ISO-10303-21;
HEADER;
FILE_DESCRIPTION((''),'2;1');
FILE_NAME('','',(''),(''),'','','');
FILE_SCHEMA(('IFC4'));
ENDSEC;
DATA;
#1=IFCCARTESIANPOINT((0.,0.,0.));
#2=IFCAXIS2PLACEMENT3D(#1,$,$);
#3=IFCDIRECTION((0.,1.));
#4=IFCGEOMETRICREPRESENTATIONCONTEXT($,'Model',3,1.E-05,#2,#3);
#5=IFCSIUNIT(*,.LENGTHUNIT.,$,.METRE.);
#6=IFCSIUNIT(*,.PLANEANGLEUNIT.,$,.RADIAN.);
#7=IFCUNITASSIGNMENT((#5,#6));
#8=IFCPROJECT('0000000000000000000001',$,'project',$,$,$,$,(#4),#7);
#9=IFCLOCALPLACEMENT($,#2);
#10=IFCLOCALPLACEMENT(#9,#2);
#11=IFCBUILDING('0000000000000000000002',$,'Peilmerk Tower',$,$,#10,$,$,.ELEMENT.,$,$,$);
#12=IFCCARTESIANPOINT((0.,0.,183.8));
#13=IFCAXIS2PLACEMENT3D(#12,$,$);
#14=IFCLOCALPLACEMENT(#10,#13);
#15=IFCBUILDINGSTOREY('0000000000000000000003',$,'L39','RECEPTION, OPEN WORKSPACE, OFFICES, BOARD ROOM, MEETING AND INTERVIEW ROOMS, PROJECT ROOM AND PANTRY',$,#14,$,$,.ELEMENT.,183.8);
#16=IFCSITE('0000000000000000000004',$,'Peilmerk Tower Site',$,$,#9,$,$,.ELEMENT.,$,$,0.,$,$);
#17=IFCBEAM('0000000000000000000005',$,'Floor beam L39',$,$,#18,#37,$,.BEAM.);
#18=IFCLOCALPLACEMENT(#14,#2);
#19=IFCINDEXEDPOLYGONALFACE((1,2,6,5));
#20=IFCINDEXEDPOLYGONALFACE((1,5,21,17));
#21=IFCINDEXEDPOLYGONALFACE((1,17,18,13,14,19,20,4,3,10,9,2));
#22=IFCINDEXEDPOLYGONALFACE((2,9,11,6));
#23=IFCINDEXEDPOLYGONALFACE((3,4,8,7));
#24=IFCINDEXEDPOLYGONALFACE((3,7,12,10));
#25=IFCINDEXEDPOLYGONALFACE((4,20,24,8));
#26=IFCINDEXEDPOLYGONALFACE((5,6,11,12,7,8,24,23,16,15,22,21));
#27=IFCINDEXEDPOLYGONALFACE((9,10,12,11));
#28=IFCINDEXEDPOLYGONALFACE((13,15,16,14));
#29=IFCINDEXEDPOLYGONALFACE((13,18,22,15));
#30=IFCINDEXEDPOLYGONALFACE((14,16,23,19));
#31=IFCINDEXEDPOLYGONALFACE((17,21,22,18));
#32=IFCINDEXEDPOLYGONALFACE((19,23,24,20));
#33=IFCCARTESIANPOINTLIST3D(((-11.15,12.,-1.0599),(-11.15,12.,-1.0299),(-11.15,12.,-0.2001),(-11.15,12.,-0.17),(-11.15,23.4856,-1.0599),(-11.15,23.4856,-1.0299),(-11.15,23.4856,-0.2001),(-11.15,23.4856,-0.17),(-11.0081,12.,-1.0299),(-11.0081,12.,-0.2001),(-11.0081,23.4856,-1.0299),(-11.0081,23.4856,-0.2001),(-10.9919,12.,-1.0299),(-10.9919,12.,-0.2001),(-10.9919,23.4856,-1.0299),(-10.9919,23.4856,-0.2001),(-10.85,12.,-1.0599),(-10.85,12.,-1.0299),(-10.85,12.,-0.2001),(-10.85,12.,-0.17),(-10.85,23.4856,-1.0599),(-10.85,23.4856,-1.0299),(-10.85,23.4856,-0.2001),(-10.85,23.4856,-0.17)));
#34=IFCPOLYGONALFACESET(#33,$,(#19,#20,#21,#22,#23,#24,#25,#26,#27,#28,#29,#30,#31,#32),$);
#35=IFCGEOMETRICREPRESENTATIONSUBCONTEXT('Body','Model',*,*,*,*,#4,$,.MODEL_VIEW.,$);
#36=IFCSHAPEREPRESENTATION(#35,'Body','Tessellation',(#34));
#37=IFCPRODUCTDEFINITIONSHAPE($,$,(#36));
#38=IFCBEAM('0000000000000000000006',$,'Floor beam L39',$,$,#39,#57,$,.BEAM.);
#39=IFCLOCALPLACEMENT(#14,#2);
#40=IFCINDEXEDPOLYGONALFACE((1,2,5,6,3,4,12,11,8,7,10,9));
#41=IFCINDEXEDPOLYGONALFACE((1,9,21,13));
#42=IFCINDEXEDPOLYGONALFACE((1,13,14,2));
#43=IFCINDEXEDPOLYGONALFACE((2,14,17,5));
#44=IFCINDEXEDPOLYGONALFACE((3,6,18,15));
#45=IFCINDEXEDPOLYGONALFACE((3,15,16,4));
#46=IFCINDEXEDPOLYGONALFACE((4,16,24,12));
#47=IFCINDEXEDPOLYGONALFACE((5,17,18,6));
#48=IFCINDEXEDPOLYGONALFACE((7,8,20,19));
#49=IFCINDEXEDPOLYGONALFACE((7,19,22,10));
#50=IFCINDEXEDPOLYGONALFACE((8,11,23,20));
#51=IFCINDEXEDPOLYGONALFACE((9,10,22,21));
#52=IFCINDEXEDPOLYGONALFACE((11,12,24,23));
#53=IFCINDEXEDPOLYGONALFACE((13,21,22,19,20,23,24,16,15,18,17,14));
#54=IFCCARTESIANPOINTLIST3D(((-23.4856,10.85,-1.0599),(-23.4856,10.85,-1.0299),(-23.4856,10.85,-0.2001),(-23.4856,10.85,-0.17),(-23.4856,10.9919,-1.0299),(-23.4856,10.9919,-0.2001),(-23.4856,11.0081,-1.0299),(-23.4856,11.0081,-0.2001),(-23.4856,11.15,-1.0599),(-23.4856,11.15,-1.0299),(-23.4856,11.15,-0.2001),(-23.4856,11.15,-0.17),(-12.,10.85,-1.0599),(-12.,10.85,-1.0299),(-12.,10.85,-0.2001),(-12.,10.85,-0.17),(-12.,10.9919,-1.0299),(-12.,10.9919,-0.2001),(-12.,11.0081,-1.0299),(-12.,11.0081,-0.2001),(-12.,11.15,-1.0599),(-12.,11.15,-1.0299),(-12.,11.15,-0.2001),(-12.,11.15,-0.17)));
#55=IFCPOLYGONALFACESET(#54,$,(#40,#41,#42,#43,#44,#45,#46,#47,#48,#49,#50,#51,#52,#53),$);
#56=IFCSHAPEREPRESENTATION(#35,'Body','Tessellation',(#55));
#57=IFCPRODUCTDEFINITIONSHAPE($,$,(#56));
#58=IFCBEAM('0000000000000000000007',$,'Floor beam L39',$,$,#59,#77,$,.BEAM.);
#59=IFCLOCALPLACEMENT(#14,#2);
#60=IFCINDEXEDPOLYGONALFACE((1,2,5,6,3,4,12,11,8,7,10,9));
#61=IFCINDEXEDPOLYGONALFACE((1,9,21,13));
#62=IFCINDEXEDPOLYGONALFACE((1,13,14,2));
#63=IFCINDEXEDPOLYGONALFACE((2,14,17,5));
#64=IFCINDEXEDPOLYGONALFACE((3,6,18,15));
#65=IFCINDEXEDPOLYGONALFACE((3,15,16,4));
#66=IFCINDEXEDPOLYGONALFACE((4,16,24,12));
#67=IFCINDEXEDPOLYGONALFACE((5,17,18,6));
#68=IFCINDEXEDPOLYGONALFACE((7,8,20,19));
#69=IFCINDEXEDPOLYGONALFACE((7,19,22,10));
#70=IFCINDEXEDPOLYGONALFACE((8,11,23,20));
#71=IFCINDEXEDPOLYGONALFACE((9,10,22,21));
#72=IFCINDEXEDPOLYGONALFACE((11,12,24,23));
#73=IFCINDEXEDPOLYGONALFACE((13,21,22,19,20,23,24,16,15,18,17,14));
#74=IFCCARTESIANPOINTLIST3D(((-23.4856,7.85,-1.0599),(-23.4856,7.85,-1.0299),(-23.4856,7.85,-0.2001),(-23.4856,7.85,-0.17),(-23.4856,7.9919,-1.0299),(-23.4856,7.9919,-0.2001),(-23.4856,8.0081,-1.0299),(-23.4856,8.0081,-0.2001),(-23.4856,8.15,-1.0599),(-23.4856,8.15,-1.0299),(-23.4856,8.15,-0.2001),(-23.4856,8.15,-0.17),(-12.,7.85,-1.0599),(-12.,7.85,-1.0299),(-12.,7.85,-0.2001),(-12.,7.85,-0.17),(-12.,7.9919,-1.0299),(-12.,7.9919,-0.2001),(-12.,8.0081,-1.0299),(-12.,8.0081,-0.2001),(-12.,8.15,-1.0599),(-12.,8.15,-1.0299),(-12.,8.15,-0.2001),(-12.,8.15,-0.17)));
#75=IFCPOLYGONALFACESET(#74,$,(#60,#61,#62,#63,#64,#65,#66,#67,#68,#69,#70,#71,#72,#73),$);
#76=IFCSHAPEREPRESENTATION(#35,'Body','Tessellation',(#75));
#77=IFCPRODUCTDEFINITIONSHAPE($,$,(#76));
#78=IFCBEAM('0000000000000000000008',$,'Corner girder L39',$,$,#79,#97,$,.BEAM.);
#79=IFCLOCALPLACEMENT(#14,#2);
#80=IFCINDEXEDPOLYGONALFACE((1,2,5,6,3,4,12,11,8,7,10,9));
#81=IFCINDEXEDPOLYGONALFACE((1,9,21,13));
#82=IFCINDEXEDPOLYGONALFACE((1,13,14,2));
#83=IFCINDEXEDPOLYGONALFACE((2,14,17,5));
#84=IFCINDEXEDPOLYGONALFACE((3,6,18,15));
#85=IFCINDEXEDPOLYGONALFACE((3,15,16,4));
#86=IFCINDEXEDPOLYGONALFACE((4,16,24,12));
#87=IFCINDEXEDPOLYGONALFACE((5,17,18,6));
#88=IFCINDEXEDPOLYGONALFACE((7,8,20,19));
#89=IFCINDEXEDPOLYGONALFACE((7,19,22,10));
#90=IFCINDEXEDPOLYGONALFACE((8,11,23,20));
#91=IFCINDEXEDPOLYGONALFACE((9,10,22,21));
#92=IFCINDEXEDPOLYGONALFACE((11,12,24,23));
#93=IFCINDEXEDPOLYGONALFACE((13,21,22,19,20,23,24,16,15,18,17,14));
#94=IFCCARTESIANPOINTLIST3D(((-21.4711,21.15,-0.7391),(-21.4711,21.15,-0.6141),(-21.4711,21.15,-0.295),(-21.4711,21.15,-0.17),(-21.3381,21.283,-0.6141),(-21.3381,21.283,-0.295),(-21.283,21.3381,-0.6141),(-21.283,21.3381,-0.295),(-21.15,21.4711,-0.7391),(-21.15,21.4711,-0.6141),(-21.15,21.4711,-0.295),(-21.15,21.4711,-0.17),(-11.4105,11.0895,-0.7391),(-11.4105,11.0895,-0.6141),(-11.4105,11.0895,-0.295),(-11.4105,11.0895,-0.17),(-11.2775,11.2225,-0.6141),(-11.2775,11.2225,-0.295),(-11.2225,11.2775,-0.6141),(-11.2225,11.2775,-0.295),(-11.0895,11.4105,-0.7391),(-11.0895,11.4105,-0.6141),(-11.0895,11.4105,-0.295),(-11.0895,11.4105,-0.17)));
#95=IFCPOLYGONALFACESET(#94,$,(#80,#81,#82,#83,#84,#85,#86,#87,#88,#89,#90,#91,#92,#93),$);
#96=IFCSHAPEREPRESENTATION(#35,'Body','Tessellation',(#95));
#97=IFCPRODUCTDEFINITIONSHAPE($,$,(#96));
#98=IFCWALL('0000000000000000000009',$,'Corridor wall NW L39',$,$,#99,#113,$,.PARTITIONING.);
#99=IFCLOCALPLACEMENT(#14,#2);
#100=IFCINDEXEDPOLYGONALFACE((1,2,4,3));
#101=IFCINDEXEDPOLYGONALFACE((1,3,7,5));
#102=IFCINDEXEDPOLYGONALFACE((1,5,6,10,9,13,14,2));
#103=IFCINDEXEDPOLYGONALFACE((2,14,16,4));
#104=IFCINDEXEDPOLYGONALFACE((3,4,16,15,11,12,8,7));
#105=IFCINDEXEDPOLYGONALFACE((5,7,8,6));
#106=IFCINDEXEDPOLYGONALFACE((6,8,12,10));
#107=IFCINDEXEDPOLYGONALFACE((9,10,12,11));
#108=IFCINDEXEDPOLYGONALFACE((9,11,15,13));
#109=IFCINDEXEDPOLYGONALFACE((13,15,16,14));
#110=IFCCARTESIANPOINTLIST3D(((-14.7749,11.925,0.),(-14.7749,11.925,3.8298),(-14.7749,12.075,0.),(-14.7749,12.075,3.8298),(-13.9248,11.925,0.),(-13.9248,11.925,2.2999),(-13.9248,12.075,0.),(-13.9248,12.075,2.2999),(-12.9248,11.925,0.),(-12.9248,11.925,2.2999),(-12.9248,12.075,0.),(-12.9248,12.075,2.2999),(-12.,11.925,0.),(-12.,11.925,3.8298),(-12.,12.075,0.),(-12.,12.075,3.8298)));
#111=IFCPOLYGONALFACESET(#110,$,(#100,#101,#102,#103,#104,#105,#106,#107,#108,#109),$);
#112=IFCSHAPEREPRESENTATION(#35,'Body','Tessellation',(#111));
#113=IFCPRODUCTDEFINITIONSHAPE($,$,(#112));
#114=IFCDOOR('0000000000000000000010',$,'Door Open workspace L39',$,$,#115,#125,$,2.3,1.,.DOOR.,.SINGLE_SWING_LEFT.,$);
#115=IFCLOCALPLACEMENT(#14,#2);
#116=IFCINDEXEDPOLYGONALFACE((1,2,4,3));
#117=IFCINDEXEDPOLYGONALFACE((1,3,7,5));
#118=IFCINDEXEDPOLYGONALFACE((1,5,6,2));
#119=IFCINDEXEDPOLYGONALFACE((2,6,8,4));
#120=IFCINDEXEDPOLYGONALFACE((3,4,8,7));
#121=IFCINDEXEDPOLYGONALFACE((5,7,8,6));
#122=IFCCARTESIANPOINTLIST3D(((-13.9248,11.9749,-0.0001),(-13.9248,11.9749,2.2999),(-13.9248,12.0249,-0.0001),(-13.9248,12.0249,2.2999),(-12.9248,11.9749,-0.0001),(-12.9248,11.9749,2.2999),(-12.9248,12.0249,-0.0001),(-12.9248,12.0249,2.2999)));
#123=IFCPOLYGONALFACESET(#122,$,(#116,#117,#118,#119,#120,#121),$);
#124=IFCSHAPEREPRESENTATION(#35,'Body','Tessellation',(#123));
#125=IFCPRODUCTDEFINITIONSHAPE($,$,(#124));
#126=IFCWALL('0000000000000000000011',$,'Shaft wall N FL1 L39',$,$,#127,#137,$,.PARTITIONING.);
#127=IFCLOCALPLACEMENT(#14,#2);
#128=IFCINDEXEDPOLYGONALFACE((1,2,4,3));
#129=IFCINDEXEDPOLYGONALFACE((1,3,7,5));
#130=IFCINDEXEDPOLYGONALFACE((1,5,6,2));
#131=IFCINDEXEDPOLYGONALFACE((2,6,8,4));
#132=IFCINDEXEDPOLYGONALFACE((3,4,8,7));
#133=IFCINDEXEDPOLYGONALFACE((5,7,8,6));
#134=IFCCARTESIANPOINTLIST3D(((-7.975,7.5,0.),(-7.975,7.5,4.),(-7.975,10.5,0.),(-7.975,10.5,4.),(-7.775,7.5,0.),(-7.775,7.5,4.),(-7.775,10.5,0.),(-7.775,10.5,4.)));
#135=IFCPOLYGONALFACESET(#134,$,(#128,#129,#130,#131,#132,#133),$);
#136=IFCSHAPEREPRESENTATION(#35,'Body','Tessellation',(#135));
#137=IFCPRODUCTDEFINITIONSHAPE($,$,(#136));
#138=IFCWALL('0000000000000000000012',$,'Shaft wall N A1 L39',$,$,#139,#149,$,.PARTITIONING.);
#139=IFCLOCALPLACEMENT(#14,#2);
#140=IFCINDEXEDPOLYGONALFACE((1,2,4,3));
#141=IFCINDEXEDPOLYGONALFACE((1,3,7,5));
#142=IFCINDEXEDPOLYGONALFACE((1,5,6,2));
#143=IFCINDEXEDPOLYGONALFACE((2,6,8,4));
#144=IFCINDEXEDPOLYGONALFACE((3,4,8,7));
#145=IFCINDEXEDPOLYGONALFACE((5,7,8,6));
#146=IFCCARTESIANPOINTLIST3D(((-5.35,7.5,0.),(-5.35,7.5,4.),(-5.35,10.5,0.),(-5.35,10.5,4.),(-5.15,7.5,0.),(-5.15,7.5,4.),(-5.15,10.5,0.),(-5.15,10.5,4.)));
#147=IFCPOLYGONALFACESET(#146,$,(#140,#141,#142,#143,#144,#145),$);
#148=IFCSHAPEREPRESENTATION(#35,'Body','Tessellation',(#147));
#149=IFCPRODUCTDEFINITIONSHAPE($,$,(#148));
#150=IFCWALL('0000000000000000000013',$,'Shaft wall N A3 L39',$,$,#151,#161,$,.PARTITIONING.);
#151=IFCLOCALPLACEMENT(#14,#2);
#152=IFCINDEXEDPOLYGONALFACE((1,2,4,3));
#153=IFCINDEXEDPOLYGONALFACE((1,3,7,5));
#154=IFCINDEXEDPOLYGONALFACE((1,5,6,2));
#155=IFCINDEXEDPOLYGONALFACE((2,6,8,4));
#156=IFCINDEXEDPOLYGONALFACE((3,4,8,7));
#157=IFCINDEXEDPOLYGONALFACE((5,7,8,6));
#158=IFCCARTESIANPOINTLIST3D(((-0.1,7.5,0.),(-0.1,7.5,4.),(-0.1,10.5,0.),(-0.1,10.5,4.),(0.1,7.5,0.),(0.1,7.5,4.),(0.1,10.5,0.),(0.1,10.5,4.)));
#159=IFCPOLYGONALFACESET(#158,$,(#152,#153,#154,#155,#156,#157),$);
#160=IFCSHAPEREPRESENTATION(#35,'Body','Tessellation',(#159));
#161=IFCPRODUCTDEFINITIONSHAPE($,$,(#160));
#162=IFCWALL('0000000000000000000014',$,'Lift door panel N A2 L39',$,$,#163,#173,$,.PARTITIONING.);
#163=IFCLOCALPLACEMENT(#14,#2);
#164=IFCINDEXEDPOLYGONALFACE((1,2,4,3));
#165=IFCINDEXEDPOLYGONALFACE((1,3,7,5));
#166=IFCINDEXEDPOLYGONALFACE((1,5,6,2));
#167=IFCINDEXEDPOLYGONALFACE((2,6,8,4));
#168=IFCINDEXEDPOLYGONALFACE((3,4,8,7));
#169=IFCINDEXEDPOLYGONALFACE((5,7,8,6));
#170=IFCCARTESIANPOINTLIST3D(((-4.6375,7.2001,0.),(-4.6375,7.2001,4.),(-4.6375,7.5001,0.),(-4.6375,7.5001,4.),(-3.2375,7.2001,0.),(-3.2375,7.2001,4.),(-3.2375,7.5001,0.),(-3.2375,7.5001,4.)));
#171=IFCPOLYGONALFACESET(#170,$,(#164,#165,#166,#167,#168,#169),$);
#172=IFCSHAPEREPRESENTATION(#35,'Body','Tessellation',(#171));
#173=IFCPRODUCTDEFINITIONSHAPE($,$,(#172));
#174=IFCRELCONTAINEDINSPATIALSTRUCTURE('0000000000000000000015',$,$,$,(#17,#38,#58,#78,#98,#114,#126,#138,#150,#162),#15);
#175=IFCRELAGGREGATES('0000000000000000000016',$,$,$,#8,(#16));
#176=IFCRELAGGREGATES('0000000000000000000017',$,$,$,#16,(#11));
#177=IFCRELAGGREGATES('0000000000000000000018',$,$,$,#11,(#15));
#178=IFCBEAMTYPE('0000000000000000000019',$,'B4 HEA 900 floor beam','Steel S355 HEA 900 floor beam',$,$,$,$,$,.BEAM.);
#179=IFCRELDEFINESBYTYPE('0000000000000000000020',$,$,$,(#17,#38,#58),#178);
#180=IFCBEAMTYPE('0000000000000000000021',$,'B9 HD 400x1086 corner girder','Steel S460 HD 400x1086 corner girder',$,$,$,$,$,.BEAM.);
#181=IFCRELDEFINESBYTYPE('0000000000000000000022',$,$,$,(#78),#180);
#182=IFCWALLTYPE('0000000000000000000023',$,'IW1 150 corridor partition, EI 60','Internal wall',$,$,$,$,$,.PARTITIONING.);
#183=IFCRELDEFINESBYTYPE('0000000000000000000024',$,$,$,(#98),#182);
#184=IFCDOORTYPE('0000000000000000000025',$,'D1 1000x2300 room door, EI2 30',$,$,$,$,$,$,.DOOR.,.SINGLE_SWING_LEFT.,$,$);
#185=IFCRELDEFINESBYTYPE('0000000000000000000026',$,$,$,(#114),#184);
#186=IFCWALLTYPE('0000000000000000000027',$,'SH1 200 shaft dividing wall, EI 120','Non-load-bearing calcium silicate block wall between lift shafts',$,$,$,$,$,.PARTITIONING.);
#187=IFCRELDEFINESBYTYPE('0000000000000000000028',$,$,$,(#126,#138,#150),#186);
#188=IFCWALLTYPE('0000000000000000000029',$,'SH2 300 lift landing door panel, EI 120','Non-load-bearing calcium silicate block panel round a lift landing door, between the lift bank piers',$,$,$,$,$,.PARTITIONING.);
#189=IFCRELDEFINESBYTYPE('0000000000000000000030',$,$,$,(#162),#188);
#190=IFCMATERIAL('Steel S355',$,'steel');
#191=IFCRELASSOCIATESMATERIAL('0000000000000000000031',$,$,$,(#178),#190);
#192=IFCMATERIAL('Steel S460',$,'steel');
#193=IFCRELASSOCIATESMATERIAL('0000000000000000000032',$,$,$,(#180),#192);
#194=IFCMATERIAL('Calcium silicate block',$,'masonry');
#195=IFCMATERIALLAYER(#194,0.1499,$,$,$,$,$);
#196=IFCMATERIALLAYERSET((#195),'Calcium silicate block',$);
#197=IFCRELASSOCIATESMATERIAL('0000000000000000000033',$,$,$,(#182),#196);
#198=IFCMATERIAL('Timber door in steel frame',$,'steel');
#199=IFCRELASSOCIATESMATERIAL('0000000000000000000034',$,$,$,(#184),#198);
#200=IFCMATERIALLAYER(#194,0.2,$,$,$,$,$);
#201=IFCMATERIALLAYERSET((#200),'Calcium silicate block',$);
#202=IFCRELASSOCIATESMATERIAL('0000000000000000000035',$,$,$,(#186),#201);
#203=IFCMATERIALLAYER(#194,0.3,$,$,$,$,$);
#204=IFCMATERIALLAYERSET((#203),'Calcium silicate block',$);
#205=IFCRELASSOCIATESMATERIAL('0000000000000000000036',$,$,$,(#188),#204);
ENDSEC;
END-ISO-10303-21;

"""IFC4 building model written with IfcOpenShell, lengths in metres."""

from ifc_helpers import new_model, si_unit, direction, frame, frame_2d, origin, origin_2d, place, context, subcontext, project, spatial, rectangle, i_section, extrude, material, layer, layer_set, material_profile, profile_set, type_object, element, fill, save


model = new_model("IFC4")

# Units and contexts
model_context = context("Model", 3, precision=1e-05, world=origin(), true_north=direction((0.0, 1.0)))
body_context = subcontext(model_context, "Body", "Model", "MODEL_VIEW")
ifc_project = project(units=[si_unit("LENGTHUNIT", "METRE"), si_unit("PLANEANGLEUNIT", "RADIAN")], contexts=[model_context])

# Site, building, storey
site_placement = place(None, origin())
site = spatial("IfcSite", under=ifc_project, at=site_placement, Name="Peilmerk Tower Site", CompositionType="ELEMENT", RefElevation=0.0)
building_placement = place(site_placement, origin())
building = spatial("IfcBuilding", under=site, at=building_placement, Name="Peilmerk Tower", CompositionType="ELEMENT")
storey_placement = place(building_placement, frame((0.0, 0.0, 183.8)))
storey = spatial("IfcBuildingStorey", under=building, at=storey_placement, Name="L39", Description="RECEPTION, OPEN WORKSPACE, OFFICES, BOARD ROOM, MEETING AND INTERVIEW ROOMS, PROJECT ROOM AND PANTRY", CompositionType="ELEMENT", Elevation=183.8)

# Shared definitions
ifc_material_1 = material(Name="Steel S460", Category="steel")

# Beams
ifc_material_2 = material(Name="Steel S355", Category="steel")
ifc_material_profile_1 = material_profile(ifc_material_2, i_section(OverallWidth=0.3, OverallDepth=0.8899, WebThickness=0.0161, FlangeThickness=0.03, at=origin_2d()), Name="HEA 900")
ifc_profile_set_1 = profile_set([ifc_material_profile_1], Name="Steel S355")
beam_type_1 = type_object("IfcBeamType", Name="B4 HEA 900 floor beam", Description="Steel S355 HEA 900 floor beam", PredefinedType="BEAM", material=ifc_profile_set_1)
for number, where, z_axis, x_axis, name in (
    (1, (-11.0, 12.0, -0.615), (0.0, 1.0, 0.0), (-1.0, 0.0, 0.0), "Floor beam L39"),
    (2, (-12.0, 11.0, -0.615), (-1.0, 0.0, 0.0), (0.0, -1.0, 0.0), "Floor beam L39"),
    (3, (-12.0, 8.0, -0.615), (-1.0, 0.0, 0.0), (0.0, -1.0, 0.0), "Floor beam L39"),
):
    element("IfcBeam", number, at=place(storey_placement, frame(where, z_axis=z_axis, x_axis=x_axis)), inside=storey, type_object=beam_type_1, Name=name, PredefinedType="BEAM", context=body_context, shape_type="SweptSolid", body=[
        extrude(i_section(OverallWidth=0.3, OverallDepth=0.8899, WebThickness=0.0161, FlangeThickness=0.03, at=origin_2d()), origin(), (0.0, 0.0, 1.0), 11.4856),
    ])
ifc_material_profile_2 = material_profile(ifc_material_1, i_section(OverallWidth=0.4541, OverallDepth=0.5691, WebThickness=0.0779, FlangeThickness=0.125, at=origin_2d()), Name="HD 400x1086")
ifc_profile_set_2 = profile_set([ifc_material_profile_2], Name="Steel S460")
beam_type_2 = type_object("IfcBeamType", Name="B9 HD 400x1086 corner girder", Description="Steel S460 HD 400x1086 corner girder", PredefinedType="BEAM", material=ifc_profile_set_2)
beam_placement = place(storey_placement, frame((-11.25, 11.25, -0.4546), z_axis=(-0.707107, 0.707107, 0.0), x_axis=(-0.707107, -0.707107, 0.0)))
element("IfcBeam", 4, at=beam_placement, inside=storey, type_object=beam_type_2, Name="Corner girder L39", PredefinedType="BEAM", context=body_context, shape_type="SweptSolid", body=[
    extrude(i_section(OverallWidth=0.4541, OverallDepth=0.5691, WebThickness=0.0779, FlangeThickness=0.125, at=origin_2d()), origin(), (0.0, 0.0, 1.0), 14.2278),
])

# Wall, opening, door
ifc_material_3 = material(Name="Calcium silicate block", Category="masonry")
ifc_layer_1 = layer(ifc_material_3, 0.1499)
ifc_layer_set_1 = layer_set([ifc_layer_1], Name="Calcium silicate block")
wall_type_1 = type_object("IfcWallType", Name="IW1 150 corridor partition, EI 60", Description="Internal wall", PredefinedType="PARTITIONING", material=ifc_layer_set_1)
wall_1_placement = place(storey_placement, frame((-14.7749, 12.0, 0.0), z_axis=(0.0, 0.0, 1.0), x_axis=(1.0, 0.0, 0.0)))
wall_1 = element("IfcWall", 5, at=wall_1_placement, inside=storey, type_object=wall_type_1, Name="Corridor wall NW L39", PredefinedType="PARTITIONING", context=body_context, shape_type="SweptSolid", body=[
    extrude(rectangle(XDim=2.7749, YDim=0.1499, at=frame_2d((1.3875, 0.0))), origin(), (0.0, 0.0, 1.0), 3.8298),
])
opening_1_placement = place(wall_1_placement, frame((0.8501, 0.0, 0.0)))
opening_1 = element("IfcOpeningElement", 6, at=opening_1_placement, cuts=wall_1, PredefinedType="OPENING", context=body_context, shape_type="SweptSolid", body=[
    extrude(rectangle(XDim=1.0, YDim=2.3, at=frame_2d((0.5, 1.1499))), frame((0.0, 0.085, 0.0), z_axis=(0.0, -1.0, 0.0), x_axis=(1.0, 0.0, 0.0)), (0.0, 0.0, 1.0), 0.1699),
])
ifc_material_4 = material(Name="Timber door in steel frame", Category="steel")
door_type_1 = type_object("IfcDoorType", Name="D1 1000x2300 room door, EI2 30", OperationType="SINGLE_SWING_LEFT", PredefinedType="DOOR", material=ifc_material_4)
door_1_placement = place(opening_1_placement, origin())
door_1 = element("IfcDoor", 7, at=door_1_placement, inside=storey, type_object=door_type_1, Name="Door Open workspace L39", OperationType="SINGLE_SWING_LEFT", OverallHeight=2.3, OverallWidth=1.0, PredefinedType="DOOR", context=body_context, shape_type="SweptSolid", body=[
    extrude(rectangle(XDim=1.0, YDim=2.3, at=frame_2d((0.5, 1.1499))), frame((0.0, 0.0249, 0.0), z_axis=(0.0, -1.0, 0.0), x_axis=(1.0, 0.0, 0.0)), (0.0, 0.0, 1.0), 0.05),
])
fill(opening_1, door_1)

# Walls
ifc_layer_2 = layer(ifc_material_3, 0.2)
ifc_layer_set_2 = layer_set([ifc_layer_2], Name="Calcium silicate block")
wall_type_2 = type_object("IfcWallType", Name="SH1 200 shaft dividing wall, EI 120", Description="Non-load-bearing calcium silicate block wall between lift shafts", PredefinedType="PARTITIONING", material=ifc_layer_set_2)
for number, where, z_axis, x_axis, name in (
    (8, (-7.875, 7.5, 0.0), (0.0, 0.0, 1.0), (0.0, 1.0, 0.0), "Shaft wall N FL1 L39"),
    (9, (-5.25, 7.5, 0.0), (0.0, 0.0, 1.0), (0.0, 1.0, 0.0), "Shaft wall N A1 L39"),
    (10, (0.0, 7.5, 0.0), (0.0, 0.0, 1.0), (0.0, 1.0, 0.0), "Shaft wall N A3 L39"),
):
    element("IfcWall", number, at=place(storey_placement, frame(where, z_axis=z_axis, x_axis=x_axis)), inside=storey, type_object=wall_type_2, Name=name, PredefinedType="PARTITIONING", context=body_context, shape_type="SweptSolid", body=[
        extrude(rectangle(XDim=3.0, YDim=0.2, at=frame_2d((1.5, 0.0))), origin(), (0.0, 0.0, 1.0), 4.0),
    ])
ifc_layer_3 = layer(ifc_material_3, 0.3)
ifc_layer_set_3 = layer_set([ifc_layer_3], Name="Calcium silicate block")
wall_type_3 = type_object("IfcWallType", Name="SH2 300 lift landing door panel, EI 120", Description="Non-load-bearing calcium silicate block panel round a lift landing door, between the lift bank piers", PredefinedType="PARTITIONING", material=ifc_layer_set_3)
wall_2_placement = place(storey_placement, frame((-4.6375, 7.3501, 0.0), z_axis=(0.0, 0.0, 1.0), x_axis=(1.0, 0.0, 0.0)))
element("IfcWall", 11, at=wall_2_placement, inside=storey, type_object=wall_type_3, Name="Lift door panel N A2 L39", PredefinedType="PARTITIONING", context=body_context, shape_type="SweptSolid", body=[
    extrude(rectangle(XDim=1.3999, YDim=0.3, at=frame_2d((0.7, 0.0))), origin(), (0.0, 0.0, 1.0), 4.0),
])

save(model, "model.ifc")
